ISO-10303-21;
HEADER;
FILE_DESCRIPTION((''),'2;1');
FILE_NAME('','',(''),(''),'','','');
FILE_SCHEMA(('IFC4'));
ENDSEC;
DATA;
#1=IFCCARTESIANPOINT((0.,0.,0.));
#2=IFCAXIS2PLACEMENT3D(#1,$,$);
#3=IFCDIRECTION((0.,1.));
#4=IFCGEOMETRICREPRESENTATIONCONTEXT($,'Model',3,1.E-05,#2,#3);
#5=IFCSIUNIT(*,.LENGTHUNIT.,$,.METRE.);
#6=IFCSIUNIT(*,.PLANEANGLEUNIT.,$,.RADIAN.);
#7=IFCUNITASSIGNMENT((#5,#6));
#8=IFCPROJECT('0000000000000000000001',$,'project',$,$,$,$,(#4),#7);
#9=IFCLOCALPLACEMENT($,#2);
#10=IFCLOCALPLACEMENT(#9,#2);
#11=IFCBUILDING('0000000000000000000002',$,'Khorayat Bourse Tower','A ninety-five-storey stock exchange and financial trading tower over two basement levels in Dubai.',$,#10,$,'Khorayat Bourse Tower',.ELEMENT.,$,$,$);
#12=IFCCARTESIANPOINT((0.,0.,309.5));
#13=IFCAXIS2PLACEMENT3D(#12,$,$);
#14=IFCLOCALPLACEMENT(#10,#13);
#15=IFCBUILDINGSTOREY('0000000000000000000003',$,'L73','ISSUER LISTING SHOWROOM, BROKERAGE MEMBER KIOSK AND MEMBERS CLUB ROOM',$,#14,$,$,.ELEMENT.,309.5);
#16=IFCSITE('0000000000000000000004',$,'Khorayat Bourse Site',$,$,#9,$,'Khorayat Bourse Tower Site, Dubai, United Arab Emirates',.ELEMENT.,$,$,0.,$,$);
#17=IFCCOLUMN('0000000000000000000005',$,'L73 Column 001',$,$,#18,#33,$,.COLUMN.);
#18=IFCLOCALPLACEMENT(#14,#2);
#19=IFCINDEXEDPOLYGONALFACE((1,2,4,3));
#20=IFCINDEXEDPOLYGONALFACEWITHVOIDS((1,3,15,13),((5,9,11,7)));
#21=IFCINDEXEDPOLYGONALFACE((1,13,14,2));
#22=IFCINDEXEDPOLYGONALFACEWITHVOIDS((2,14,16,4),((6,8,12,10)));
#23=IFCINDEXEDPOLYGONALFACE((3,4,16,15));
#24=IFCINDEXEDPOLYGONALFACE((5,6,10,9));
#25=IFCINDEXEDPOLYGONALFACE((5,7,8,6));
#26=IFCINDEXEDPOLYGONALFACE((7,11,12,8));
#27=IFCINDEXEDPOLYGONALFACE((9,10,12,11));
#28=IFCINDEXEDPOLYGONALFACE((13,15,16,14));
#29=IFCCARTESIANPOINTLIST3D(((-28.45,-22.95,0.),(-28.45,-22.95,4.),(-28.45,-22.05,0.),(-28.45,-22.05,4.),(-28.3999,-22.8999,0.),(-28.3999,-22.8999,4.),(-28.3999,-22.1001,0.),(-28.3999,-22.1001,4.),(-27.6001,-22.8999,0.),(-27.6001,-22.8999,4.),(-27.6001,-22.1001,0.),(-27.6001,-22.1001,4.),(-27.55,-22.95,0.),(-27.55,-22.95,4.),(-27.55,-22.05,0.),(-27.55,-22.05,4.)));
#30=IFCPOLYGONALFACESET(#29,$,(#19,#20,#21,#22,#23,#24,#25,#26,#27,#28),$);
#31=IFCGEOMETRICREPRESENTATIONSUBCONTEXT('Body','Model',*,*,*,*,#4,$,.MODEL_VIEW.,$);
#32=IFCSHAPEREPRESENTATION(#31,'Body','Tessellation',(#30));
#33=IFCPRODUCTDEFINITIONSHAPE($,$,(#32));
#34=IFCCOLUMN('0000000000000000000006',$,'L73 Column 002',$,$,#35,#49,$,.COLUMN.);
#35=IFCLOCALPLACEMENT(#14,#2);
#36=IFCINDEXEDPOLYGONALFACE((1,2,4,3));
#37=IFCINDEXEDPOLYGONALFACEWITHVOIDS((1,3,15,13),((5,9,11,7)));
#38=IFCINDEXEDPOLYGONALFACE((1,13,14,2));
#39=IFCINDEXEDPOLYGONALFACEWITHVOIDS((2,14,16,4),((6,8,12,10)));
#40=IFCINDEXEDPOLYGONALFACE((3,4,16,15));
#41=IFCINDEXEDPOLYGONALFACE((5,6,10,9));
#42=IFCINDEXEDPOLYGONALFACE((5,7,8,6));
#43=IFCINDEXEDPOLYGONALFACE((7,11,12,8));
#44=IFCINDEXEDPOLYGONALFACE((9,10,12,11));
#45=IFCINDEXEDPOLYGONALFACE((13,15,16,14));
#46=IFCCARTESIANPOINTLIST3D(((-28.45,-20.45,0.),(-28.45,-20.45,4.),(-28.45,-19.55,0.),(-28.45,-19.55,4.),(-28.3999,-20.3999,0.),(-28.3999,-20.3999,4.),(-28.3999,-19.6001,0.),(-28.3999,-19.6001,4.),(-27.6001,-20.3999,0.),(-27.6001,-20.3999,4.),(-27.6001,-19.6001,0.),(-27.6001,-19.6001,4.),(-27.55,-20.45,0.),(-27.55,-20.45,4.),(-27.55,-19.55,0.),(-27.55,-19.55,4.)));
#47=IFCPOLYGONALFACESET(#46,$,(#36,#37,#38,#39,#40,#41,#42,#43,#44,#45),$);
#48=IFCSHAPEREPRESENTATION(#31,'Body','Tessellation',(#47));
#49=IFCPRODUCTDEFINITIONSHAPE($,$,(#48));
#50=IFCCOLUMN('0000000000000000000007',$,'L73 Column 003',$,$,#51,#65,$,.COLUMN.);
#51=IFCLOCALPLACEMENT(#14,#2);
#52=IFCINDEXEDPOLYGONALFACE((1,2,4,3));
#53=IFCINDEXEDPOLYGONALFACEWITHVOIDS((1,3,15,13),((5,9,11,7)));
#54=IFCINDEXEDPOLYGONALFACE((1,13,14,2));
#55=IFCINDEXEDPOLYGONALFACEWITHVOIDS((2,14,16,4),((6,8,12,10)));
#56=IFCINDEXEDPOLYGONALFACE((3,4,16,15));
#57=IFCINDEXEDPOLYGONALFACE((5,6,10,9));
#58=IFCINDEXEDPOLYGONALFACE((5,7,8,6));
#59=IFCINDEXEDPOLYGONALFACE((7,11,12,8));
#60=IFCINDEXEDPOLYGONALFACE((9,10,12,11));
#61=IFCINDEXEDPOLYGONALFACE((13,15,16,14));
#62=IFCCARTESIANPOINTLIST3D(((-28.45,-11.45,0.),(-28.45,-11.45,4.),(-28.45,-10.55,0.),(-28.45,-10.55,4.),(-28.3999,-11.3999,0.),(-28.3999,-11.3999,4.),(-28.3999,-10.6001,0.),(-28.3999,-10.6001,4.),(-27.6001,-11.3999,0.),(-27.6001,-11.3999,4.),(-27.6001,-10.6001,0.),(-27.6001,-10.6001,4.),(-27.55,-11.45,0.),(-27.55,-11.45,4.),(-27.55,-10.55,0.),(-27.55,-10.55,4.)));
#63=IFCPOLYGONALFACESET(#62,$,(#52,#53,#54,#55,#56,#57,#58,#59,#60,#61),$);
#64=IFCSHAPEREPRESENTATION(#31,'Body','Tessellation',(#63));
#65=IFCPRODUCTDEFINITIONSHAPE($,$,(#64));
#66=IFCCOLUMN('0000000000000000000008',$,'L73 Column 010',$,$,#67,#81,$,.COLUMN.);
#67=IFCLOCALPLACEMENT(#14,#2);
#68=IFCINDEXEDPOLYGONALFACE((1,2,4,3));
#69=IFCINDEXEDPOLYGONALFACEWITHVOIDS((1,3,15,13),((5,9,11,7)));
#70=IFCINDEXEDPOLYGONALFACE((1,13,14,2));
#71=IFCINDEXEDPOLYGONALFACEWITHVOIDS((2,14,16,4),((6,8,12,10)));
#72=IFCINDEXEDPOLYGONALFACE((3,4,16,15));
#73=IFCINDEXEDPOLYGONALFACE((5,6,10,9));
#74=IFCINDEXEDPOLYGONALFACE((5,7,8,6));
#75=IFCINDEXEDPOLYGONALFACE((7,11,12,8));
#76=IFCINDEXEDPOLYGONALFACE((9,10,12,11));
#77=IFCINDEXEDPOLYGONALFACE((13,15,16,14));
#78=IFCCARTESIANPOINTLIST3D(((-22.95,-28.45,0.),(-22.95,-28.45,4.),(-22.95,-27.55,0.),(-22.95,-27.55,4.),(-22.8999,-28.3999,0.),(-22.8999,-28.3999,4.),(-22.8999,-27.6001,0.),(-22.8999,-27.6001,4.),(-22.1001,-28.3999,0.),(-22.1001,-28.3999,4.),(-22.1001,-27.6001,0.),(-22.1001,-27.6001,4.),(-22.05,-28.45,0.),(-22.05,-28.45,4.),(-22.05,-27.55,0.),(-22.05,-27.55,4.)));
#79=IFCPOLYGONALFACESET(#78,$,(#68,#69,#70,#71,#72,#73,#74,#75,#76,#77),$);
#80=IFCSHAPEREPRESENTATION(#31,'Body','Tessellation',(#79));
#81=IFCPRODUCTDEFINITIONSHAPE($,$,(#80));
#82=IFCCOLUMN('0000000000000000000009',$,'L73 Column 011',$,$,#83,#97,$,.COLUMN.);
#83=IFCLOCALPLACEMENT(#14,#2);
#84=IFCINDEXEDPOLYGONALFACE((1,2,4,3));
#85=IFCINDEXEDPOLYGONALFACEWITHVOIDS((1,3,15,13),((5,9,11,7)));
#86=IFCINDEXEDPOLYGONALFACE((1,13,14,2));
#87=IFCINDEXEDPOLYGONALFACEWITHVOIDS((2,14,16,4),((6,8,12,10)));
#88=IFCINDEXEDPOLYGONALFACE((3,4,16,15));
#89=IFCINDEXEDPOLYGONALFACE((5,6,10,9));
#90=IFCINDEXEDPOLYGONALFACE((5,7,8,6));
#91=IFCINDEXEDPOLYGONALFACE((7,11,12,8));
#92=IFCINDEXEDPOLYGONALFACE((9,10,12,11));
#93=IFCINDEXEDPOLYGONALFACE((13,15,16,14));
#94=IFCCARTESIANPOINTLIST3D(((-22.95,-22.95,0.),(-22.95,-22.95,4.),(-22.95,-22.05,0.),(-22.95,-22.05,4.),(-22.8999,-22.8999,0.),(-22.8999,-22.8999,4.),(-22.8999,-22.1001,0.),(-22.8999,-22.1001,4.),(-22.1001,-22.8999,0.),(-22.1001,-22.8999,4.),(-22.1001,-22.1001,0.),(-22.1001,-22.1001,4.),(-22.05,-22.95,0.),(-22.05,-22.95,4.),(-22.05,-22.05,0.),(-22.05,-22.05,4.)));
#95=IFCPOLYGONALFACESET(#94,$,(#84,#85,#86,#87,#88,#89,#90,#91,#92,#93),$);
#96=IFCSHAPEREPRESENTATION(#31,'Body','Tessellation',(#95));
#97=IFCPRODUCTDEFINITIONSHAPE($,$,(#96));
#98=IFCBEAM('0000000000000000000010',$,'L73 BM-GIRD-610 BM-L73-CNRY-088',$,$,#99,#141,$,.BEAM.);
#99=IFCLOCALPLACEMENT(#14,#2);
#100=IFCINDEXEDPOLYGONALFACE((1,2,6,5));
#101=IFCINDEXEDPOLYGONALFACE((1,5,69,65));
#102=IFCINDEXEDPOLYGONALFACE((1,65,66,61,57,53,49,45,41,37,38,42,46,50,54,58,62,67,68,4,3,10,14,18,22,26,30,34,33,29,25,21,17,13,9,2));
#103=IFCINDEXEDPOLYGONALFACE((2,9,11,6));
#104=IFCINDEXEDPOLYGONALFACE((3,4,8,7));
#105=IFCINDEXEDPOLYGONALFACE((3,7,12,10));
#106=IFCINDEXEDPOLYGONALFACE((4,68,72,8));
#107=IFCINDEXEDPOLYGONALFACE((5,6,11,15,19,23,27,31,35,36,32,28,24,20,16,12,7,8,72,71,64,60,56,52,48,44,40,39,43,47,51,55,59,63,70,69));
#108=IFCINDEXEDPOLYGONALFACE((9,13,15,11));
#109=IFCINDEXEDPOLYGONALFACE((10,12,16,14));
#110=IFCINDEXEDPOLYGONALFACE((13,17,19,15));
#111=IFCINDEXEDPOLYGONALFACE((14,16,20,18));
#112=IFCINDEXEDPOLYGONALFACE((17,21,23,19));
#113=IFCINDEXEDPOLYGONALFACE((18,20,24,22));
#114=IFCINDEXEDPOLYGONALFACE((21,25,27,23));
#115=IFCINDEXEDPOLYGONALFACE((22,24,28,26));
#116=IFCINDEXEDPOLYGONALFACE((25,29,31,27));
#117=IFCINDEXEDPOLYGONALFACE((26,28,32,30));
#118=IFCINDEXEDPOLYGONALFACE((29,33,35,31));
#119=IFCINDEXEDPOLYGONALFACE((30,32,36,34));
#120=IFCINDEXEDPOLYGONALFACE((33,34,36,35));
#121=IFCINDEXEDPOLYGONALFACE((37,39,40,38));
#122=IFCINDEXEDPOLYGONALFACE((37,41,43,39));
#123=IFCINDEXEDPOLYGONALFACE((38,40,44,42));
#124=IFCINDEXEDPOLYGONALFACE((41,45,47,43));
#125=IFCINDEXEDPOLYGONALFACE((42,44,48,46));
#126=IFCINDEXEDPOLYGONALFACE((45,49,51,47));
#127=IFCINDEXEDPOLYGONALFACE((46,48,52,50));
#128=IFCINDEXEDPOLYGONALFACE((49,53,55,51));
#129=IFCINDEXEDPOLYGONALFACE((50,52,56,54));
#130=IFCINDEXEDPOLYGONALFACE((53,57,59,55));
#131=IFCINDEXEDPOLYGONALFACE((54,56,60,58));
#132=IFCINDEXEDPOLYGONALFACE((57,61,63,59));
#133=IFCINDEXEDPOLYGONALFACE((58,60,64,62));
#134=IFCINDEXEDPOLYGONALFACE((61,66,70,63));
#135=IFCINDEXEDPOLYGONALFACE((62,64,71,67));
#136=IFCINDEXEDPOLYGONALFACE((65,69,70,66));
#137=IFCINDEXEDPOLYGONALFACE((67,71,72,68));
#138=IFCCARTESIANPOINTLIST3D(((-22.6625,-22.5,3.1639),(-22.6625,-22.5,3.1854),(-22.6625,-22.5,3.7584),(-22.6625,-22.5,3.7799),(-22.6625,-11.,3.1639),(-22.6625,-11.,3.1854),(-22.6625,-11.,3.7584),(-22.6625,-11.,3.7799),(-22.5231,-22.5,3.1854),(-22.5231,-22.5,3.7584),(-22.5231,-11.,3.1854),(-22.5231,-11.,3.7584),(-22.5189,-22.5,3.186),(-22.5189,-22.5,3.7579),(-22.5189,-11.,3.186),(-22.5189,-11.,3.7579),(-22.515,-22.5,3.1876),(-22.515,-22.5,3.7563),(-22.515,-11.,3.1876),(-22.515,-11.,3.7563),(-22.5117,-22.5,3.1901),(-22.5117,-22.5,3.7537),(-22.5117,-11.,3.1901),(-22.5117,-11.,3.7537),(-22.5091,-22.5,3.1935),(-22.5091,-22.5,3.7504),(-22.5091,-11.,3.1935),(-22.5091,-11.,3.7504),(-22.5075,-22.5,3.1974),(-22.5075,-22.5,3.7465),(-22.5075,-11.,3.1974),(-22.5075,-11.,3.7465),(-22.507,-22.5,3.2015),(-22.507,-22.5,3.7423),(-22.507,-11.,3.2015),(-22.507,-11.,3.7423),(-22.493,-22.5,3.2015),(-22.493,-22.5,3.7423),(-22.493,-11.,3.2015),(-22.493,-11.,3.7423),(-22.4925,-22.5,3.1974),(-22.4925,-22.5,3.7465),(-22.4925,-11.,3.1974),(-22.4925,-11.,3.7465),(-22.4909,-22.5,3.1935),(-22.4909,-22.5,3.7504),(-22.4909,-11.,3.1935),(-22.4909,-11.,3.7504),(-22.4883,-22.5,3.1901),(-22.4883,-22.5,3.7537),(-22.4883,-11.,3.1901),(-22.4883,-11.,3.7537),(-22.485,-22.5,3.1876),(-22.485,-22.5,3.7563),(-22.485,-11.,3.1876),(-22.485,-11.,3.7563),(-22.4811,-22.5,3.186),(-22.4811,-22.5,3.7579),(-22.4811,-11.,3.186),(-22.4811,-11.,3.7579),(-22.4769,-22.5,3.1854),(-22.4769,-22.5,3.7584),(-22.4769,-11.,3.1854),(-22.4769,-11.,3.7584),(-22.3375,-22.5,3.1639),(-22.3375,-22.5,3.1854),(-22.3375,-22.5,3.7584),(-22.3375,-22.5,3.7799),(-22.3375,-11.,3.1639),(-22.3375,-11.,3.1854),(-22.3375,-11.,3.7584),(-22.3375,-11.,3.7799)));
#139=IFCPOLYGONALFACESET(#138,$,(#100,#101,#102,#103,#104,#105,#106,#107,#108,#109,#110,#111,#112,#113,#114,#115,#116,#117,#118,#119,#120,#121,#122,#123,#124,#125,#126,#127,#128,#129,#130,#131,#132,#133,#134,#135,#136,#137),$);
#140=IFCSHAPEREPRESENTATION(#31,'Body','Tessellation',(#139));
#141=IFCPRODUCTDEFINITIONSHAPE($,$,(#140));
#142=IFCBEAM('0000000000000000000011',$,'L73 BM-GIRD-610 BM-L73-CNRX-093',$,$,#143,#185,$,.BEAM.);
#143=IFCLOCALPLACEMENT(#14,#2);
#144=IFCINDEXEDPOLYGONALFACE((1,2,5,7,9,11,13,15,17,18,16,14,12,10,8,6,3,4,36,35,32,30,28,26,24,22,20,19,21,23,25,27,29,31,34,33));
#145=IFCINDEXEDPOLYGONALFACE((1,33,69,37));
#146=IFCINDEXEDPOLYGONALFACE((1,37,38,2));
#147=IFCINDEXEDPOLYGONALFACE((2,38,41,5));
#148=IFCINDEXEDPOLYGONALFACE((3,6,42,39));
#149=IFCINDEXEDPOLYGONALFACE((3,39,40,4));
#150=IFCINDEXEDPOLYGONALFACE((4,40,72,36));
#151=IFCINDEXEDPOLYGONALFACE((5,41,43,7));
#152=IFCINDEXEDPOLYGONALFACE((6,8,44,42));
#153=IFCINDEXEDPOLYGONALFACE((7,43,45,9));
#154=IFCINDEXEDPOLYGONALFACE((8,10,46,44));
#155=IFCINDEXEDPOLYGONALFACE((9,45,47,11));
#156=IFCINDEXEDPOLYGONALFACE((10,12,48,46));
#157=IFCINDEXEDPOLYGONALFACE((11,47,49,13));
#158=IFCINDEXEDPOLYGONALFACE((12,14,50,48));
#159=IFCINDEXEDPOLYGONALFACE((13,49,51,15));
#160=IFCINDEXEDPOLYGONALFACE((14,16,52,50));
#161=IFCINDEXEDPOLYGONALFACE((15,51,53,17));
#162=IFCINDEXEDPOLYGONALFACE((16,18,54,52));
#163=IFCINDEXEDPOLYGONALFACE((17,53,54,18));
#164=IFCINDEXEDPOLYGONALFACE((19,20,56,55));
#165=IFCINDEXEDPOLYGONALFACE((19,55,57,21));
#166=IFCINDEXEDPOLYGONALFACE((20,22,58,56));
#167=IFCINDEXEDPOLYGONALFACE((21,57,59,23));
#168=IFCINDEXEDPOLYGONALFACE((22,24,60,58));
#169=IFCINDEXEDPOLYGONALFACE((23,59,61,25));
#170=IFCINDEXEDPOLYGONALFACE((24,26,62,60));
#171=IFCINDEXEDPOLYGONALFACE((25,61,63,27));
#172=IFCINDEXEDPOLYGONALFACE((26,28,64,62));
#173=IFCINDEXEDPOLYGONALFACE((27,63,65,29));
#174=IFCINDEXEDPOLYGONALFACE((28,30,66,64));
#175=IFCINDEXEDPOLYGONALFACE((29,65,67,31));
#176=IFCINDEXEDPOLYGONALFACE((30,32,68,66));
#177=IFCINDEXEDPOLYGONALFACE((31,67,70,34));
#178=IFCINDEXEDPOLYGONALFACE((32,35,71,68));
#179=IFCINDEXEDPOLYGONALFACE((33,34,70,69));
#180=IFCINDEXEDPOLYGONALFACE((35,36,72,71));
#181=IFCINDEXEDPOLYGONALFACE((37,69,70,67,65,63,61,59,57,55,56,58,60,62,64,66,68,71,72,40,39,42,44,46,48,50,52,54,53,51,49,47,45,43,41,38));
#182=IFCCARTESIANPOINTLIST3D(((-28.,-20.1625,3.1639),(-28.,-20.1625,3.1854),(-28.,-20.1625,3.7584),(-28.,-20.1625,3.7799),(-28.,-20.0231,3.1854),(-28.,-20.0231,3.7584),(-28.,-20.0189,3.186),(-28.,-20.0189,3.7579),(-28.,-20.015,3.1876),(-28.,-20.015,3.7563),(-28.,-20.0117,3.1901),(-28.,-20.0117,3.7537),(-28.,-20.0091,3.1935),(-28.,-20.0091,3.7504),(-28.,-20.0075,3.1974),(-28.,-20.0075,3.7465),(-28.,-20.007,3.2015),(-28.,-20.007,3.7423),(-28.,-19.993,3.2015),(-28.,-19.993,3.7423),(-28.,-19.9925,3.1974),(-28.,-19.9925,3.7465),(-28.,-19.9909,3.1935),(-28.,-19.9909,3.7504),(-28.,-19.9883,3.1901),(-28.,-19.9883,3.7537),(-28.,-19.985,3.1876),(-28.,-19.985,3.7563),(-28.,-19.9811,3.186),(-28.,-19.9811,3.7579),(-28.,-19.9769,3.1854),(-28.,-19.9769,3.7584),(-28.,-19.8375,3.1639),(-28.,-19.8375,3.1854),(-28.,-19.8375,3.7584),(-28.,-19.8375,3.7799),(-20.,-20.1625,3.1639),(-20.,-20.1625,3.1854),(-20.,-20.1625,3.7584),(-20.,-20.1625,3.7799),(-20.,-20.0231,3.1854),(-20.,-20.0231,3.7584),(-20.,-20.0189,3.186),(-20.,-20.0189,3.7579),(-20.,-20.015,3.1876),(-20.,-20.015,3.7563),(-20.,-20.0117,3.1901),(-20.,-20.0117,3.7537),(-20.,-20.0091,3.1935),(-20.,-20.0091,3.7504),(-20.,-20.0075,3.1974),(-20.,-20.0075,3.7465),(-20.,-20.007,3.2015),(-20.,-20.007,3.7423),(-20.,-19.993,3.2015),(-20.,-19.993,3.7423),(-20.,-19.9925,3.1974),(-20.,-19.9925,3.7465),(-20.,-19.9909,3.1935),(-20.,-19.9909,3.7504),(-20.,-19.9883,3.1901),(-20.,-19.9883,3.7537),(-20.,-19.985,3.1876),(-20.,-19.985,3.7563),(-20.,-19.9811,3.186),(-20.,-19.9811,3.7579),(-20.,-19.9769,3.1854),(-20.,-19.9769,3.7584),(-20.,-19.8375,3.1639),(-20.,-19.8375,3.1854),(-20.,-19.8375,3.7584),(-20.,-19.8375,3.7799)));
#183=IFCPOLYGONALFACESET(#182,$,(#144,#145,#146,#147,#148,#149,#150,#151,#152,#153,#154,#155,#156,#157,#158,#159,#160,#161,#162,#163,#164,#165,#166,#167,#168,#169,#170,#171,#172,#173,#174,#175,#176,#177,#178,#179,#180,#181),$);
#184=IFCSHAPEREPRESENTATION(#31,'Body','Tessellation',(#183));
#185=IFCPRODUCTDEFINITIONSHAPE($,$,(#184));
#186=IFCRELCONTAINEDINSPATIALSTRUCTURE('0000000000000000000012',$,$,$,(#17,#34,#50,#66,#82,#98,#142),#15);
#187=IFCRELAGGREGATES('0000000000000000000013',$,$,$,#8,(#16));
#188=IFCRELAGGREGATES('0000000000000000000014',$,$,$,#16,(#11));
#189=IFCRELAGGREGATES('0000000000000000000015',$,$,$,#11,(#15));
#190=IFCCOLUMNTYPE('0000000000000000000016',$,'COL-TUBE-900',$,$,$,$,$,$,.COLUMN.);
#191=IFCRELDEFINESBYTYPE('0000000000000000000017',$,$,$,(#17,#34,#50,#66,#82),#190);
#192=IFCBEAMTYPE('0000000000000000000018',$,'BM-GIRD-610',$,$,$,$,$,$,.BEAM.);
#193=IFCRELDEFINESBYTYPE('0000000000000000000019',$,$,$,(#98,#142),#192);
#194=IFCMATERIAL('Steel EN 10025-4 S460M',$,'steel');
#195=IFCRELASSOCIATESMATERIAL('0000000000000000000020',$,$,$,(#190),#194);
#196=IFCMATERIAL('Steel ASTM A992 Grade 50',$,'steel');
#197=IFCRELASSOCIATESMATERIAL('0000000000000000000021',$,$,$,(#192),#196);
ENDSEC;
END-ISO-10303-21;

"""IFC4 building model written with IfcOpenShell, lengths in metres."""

from ifc_helpers import new_model, si_unit, direction, frame, origin, origin_2d, place, context, subcontext, project, spatial, hollow_rectangle, i_section, extrude, source, transform, mapped, material, material_profile, profile_set, type_object, element, save


model = new_model("IFC4")

# Units and contexts
model_context = context("Model", 3, precision=1e-05, world=origin(), true_north=direction((0.0, 1.0)))
body_context = subcontext(model_context, "Body", "Model", "MODEL_VIEW")
ifc_project = project(units=[si_unit("LENGTHUNIT", "METRE"), si_unit("PLANEANGLEUNIT", "RADIAN")], contexts=[model_context])

# Site, building, storey
site_placement = place(None, origin())
site = spatial("IfcSite", under=ifc_project, at=site_placement, Name="Khorayat Bourse Site", LongName="Khorayat Bourse Tower Site, Dubai, United Arab Emirates", CompositionType="ELEMENT", RefElevation=0.0)
building_placement = place(site_placement, origin())
building = spatial("IfcBuilding", under=site, at=building_placement, Name="Khorayat Bourse Tower", Description="A ninety-five-storey stock exchange and financial trading tower over two basement levels in Dubai.", LongName="Khorayat Bourse Tower", CompositionType="ELEMENT")
storey_placement = place(building_placement, frame((0.0, 0.0, 309.5)))
storey = spatial("IfcBuildingStorey", under=building, at=storey_placement, Name="L73", Description="ISSUER LISTING SHOWROOM, BROKERAGE MEMBER KIOSK AND MEMBERS CLUB ROOM", CompositionType="ELEMENT", Elevation=309.5)

# Columns
ifc_material_1 = material(Name="Steel EN 10025-4 S460M", Category="steel")
ifc_material_profile_1 = material_profile(ifc_material_1, hollow_rectangle(XDim=0.8999, YDim=0.8999, WallThickness=0.05, at=origin_2d()), Name="BOX 900x900x50")
ifc_profile_set_1 = profile_set([ifc_material_profile_1], Name="Steel EN 10025-4 S460M")
column_type = type_object("IfcColumnType", Name="COL-TUBE-900", PredefinedType="COLUMN", material=ifc_profile_set_1)
shared_shape_1 = source(origin(), body_context, "Body", "SweptSolid", [
    extrude(hollow_rectangle(XDim=0.8999, YDim=0.8999, WallThickness=0.05, at=origin_2d()), origin(), (0.0, 0.0, 1.0), 4.0),
])
for number, where, z_axis, x_axis, name in (
    (1, (-28.0, -22.5, 0.0), (0.0, 0.0, 1.0), (1.0, 0.0, 0.0), "L73 Column 001"),
    (2, (-28.0, -20.0, 0.0), (0.0, 0.0, 1.0), (1.0, 0.0, 0.0), "L73 Column 002"),
    (3, (-28.0, -11.0, 0.0), (0.0, 0.0, 1.0), (1.0, 0.0, 0.0), "L73 Column 003"),
    (4, (-22.5, -28.0, 0.0), (0.0, 0.0, 1.0), (1.0, 0.0, 0.0), "L73 Column 010"),
    (5, (-22.5, -22.5, 0.0), (0.0, 0.0, 1.0), (1.0, 0.0, 0.0), "L73 Column 011"),
):
    element("IfcColumn", number, at=place(storey_placement, frame(where, z_axis=z_axis, x_axis=x_axis)), inside=storey, type_object=column_type, Name=name, PredefinedType="COLUMN", context=body_context, shape_type="MappedRepresentation", body=[
        mapped(shared_shape_1, transform((0.0, 0.0, 0.0), scale=1.0)),
    ])

# Beams
ifc_material_2 = material(Name="Steel ASTM A992 Grade 50", Category="steel")
ifc_material_profile_2 = material_profile(ifc_material_2, i_section(OverallWidth=0.325, OverallDepth=0.616, WebThickness=0.0139, FlangeThickness=0.0215, FilletRadius=0.0161, at=origin_2d()), Name="W610X174")
ifc_profile_set_2 = profile_set([ifc_material_profile_2], Name="Steel ASTM A992 Grade 50")
beam_type_1 = type_object("IfcBeamType", Name="BM-GIRD-610", PredefinedType="BEAM", material=ifc_profile_set_2)
shared_shape_2 = source(origin(), body_context, "Body", "SweptSolid", [
    extrude(i_section(OverallWidth=0.325, OverallDepth=0.616, WebThickness=0.0139, FlangeThickness=0.0215, FilletRadius=0.0161, at=origin_2d()), origin(), (0.0, 0.0, 1.0), 11.5),
])
beam_1_placement = place(storey_placement, frame((-22.5, -22.5, 3.4719), z_axis=(0.0, 1.0, 0.0), x_axis=(-1.0, 0.0, 0.0)))
element("IfcBeam", 6, at=beam_1_placement, inside=storey, type_object=beam_type_1, Name="L73 BM-GIRD-610 BM-L73-CNRY-088", PredefinedType="BEAM", context=body_context, shape_type="MappedRepresentation", body=[
    mapped(shared_shape_2, transform((0.0, 0.0, 0.0), scale=1.0)),
])
shared_shape_3 = source(origin(), body_context, "Body", "SweptSolid", [
    extrude(i_section(OverallWidth=0.325, OverallDepth=0.616, WebThickness=0.0139, FlangeThickness=0.0215, FilletRadius=0.0161, at=origin_2d()), origin(), (0.0, 0.0, 1.0), 8.0),
])
beam_2_placement = place(storey_placement, frame((-28.0, -20.0, 3.4719), z_axis=(1.0, 0.0, 0.0), x_axis=(0.0, 1.0, 0.0)))
element("IfcBeam", 7, at=beam_2_placement, inside=storey, type_object=beam_type_1, Name="L73 BM-GIRD-610 BM-L73-CNRX-093", PredefinedType="BEAM", context=body_context, shape_type="MappedRepresentation", body=[
    mapped(shared_shape_3, transform((0.0, 0.0, 0.0), scale=1.0)),
])

save(model, "model.ifc")
